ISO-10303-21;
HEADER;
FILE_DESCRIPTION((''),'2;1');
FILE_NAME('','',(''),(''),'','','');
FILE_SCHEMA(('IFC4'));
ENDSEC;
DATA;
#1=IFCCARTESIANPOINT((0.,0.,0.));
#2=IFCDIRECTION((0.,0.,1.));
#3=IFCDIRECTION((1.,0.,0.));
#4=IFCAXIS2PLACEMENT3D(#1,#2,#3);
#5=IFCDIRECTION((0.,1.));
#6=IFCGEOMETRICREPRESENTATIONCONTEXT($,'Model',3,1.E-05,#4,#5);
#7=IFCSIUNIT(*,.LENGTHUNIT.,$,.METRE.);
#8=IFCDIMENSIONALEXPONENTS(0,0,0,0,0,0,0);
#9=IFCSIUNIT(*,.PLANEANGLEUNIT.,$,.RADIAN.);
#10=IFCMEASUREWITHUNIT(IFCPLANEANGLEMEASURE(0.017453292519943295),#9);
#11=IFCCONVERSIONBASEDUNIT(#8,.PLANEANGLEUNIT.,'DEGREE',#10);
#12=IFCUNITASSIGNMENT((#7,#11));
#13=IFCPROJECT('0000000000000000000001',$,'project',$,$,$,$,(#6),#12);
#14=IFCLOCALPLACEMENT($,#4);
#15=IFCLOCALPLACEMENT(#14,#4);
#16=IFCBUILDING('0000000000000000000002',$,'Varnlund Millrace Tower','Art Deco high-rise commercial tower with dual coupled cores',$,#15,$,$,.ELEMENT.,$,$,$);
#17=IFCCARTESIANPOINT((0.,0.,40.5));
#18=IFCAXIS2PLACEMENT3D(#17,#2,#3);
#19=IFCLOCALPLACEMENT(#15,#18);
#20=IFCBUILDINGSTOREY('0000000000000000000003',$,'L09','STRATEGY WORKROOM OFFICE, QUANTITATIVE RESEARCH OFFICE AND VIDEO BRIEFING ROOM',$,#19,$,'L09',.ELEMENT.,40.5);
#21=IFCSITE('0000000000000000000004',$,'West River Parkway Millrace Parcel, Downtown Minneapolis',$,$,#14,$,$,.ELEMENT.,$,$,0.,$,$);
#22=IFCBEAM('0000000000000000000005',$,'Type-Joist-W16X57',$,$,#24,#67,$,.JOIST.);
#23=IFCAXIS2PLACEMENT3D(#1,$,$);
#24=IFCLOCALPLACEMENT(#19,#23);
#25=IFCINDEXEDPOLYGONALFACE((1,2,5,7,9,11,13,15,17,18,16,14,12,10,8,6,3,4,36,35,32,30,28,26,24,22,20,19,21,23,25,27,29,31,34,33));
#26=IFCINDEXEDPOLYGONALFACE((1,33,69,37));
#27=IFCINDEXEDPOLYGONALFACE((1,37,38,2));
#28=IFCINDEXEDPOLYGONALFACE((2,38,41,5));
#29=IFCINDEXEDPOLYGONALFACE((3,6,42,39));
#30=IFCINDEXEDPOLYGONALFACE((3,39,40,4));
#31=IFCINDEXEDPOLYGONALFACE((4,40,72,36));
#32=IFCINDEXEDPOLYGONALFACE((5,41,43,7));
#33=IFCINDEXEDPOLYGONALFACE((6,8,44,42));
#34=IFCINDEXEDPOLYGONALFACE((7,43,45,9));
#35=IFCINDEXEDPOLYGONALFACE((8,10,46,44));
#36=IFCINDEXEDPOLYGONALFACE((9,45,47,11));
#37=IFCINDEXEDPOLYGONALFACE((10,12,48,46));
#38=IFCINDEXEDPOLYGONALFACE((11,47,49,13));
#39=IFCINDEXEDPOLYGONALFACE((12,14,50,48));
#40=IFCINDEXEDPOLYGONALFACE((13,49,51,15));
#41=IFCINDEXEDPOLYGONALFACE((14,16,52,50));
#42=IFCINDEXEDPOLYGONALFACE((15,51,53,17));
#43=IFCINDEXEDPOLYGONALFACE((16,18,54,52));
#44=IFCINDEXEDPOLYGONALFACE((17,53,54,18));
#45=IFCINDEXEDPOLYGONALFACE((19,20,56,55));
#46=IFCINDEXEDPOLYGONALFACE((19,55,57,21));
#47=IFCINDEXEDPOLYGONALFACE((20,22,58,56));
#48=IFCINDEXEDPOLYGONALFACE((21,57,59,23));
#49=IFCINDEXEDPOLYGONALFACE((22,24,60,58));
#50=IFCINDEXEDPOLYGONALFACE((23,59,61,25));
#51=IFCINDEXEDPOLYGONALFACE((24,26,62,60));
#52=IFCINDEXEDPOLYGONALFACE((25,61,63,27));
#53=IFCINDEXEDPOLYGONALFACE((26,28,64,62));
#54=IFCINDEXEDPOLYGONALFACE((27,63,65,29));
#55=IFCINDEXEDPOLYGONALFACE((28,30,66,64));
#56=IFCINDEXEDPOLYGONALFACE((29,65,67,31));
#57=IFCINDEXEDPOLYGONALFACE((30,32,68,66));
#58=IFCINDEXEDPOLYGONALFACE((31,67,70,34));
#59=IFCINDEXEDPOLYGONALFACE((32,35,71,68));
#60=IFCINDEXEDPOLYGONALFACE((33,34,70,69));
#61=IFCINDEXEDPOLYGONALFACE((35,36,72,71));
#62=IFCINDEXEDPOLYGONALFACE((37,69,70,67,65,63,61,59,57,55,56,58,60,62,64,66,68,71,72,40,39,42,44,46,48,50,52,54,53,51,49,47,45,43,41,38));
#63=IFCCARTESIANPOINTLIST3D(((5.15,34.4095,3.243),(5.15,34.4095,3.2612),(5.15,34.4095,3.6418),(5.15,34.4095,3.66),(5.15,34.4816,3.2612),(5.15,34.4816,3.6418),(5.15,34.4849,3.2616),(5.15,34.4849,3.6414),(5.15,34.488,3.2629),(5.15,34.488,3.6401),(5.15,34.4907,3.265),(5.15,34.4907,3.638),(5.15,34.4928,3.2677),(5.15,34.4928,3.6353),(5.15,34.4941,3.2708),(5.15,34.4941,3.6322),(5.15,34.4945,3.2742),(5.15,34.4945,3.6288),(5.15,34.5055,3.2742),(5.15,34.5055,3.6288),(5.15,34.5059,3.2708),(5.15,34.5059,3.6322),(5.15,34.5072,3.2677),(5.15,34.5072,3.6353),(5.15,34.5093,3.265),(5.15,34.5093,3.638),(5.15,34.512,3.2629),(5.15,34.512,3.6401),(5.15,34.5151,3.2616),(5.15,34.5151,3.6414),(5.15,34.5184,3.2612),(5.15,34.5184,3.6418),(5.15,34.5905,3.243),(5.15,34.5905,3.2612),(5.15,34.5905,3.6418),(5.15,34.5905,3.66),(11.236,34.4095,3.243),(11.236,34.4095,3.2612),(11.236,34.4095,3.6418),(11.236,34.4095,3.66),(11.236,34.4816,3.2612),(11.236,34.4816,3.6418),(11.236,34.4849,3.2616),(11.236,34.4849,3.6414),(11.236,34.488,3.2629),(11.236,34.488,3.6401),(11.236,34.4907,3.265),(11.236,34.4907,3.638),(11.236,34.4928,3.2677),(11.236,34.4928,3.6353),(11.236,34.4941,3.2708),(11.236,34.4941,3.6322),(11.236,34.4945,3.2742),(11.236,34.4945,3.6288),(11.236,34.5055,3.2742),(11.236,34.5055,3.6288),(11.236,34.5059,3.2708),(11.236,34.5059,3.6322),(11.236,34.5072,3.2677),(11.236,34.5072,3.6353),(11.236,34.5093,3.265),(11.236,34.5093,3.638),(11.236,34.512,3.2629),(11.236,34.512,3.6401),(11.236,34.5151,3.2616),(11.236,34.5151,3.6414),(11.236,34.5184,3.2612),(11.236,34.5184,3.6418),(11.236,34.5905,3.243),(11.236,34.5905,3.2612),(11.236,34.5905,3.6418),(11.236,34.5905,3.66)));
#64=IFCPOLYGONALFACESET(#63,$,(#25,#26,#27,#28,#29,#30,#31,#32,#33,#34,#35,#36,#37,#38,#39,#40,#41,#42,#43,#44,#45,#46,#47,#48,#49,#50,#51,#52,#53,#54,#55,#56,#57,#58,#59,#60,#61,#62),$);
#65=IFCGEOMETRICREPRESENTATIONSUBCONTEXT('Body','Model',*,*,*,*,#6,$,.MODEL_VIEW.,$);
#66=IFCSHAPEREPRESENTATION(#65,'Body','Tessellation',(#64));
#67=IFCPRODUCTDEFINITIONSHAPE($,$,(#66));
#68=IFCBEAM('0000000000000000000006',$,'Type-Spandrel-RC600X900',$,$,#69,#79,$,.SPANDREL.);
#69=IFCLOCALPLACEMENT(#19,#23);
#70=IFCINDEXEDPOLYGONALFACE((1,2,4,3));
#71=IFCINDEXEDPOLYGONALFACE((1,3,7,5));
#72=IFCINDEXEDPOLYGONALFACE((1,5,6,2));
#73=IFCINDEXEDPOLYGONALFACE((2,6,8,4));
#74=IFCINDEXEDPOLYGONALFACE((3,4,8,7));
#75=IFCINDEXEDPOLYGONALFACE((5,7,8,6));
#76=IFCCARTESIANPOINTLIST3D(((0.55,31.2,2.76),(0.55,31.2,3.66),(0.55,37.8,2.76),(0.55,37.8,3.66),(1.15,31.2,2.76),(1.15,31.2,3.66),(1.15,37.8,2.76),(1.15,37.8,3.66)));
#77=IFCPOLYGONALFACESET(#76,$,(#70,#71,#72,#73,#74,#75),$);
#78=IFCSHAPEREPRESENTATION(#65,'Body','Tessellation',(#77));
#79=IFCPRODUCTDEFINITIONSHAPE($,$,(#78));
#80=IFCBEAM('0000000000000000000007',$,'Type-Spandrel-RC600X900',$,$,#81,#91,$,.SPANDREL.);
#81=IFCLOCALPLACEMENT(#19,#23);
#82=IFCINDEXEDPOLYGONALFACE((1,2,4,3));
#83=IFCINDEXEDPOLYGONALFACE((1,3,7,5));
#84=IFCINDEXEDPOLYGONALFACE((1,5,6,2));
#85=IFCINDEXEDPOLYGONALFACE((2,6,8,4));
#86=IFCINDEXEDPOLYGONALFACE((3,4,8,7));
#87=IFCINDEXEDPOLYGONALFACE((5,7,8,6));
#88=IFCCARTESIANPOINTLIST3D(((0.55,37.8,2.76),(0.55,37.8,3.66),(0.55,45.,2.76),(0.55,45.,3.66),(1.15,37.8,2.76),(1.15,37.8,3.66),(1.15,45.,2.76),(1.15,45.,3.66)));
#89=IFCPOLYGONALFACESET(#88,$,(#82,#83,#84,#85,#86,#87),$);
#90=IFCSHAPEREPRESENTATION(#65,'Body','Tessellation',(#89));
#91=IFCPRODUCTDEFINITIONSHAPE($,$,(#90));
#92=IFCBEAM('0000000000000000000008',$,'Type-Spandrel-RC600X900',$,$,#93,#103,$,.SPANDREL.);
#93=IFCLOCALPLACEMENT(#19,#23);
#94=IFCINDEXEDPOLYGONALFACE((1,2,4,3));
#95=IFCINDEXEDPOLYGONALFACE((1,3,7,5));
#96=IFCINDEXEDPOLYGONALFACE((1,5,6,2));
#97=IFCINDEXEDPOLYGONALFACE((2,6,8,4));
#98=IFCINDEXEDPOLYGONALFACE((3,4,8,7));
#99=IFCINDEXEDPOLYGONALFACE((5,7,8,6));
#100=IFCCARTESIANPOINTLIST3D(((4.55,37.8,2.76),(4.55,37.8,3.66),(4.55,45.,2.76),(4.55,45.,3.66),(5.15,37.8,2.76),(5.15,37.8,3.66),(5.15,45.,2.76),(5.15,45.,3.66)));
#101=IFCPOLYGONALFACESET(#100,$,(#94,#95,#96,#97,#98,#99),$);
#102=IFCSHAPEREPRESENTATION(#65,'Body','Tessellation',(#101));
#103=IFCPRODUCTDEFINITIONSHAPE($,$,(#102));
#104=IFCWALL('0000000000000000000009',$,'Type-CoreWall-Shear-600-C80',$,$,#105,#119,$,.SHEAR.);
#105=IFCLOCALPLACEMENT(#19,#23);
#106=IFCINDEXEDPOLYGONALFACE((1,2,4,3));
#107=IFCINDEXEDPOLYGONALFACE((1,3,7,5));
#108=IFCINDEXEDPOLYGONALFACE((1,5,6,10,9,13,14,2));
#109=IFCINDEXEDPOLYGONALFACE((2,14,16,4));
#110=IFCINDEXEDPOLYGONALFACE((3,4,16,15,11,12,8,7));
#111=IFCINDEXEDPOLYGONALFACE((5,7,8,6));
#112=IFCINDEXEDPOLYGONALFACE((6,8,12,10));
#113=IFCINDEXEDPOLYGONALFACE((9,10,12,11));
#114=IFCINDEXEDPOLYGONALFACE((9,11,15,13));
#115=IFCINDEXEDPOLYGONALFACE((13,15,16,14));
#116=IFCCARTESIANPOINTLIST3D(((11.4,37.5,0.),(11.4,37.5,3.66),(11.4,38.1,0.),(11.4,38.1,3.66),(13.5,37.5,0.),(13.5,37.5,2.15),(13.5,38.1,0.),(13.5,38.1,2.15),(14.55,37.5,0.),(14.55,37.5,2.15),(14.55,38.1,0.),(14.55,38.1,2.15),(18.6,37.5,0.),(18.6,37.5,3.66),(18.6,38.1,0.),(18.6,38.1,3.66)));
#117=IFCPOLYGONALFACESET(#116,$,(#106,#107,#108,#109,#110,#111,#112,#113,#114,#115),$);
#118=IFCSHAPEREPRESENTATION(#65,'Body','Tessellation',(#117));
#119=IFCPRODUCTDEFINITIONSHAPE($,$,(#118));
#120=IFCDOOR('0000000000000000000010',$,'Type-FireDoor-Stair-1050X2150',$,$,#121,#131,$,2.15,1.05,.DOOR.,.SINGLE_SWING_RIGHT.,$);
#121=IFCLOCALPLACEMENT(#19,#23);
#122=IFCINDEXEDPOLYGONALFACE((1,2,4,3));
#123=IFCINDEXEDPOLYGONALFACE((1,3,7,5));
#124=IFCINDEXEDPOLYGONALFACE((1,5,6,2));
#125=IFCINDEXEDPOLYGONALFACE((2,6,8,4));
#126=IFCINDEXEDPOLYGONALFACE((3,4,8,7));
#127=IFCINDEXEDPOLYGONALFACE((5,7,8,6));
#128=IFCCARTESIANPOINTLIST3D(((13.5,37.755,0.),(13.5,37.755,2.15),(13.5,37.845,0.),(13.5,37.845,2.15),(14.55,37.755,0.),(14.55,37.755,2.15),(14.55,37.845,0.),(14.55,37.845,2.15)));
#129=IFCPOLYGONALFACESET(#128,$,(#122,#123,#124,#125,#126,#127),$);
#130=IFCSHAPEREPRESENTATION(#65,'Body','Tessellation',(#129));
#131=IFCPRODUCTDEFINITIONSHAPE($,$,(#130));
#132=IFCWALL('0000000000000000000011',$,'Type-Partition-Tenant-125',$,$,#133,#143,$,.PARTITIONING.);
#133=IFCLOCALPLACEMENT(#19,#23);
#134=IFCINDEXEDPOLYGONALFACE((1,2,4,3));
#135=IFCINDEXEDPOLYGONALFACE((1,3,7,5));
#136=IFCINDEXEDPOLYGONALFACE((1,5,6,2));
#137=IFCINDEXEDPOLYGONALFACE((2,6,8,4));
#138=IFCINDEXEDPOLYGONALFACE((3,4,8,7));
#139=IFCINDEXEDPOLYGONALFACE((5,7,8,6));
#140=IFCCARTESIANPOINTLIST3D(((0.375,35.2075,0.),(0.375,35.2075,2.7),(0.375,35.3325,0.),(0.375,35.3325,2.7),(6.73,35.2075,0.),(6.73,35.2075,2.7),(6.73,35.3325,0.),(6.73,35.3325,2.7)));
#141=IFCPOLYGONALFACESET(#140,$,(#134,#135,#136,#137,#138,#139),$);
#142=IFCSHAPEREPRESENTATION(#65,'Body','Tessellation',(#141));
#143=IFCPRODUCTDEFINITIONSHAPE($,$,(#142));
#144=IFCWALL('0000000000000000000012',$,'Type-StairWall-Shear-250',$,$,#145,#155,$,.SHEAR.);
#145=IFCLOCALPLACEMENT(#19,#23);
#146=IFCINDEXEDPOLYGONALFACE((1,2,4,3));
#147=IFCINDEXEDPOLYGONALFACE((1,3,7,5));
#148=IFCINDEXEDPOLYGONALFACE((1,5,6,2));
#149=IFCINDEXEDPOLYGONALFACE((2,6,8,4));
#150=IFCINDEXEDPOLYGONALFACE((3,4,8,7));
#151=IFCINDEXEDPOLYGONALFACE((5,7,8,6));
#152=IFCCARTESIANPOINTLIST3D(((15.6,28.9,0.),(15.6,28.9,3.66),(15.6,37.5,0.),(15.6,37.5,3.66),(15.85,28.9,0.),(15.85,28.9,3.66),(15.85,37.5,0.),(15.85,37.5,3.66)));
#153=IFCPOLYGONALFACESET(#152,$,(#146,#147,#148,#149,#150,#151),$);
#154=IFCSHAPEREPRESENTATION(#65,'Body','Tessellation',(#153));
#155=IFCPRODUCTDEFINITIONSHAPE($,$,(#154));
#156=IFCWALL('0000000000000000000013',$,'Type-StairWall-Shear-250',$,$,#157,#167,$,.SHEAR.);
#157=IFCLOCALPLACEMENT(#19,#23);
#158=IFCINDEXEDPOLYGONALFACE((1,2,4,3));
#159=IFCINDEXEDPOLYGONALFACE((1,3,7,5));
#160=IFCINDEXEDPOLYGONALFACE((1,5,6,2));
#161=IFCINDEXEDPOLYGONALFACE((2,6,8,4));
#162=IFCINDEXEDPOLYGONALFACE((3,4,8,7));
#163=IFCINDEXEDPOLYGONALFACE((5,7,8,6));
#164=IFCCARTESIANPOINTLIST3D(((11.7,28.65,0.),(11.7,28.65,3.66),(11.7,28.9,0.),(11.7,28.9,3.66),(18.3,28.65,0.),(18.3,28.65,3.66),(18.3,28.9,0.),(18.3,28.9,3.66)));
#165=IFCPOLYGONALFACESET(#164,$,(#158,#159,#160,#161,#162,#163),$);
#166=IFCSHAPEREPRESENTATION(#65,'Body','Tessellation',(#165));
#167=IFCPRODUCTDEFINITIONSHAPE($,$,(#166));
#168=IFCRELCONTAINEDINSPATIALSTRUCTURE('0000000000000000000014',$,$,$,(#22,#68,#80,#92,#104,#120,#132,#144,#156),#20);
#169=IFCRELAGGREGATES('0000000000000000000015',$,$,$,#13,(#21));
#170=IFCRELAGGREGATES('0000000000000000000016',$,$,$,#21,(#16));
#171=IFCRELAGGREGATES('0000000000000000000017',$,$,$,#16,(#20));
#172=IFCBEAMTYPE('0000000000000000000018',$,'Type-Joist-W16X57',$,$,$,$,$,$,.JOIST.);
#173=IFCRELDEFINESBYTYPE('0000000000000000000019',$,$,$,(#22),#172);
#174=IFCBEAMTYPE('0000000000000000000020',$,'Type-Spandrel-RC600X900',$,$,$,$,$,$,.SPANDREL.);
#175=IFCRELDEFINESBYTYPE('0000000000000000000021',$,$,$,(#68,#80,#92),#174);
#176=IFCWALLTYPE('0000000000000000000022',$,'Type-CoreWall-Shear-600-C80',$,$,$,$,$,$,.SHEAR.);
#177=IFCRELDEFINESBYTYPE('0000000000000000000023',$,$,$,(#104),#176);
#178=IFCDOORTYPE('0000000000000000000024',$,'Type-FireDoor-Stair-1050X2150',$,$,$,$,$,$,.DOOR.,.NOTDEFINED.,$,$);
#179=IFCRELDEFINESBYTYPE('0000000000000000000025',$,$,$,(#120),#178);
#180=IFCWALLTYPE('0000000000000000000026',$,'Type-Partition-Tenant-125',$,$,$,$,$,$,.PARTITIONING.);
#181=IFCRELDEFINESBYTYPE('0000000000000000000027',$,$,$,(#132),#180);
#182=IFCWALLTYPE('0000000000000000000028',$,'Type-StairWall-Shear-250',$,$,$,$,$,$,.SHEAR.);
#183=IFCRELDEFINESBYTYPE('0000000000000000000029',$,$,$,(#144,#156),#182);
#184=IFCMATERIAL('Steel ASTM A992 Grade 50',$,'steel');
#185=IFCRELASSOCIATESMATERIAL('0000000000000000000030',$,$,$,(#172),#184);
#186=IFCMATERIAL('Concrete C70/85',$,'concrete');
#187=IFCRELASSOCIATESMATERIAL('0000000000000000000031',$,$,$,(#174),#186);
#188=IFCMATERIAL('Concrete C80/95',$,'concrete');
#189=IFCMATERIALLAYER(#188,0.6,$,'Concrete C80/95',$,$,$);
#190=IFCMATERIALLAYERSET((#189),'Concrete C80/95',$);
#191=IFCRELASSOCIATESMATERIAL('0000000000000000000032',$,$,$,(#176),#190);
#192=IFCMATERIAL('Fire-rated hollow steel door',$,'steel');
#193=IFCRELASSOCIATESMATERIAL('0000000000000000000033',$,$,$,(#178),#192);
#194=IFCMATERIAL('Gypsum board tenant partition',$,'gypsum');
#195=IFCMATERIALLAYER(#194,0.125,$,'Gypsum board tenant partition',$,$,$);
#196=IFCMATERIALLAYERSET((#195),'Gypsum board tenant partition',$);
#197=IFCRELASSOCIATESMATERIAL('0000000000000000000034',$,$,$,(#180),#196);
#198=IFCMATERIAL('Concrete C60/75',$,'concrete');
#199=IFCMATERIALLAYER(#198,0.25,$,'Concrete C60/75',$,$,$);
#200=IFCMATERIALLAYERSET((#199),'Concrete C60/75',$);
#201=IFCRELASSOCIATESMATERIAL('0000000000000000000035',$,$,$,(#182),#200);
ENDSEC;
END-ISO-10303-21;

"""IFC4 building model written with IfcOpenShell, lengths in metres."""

from ifc_helpers import new_model, entity, si_unit, converted_unit, direction, frame, origin_with_axes, origin_2d_with_axis, place, context, subcontext, project, spatial, polyline, rectangle, i_section, outline, extrude, material, layer, layer_set, material_profile, profile_set, type_object, element, fill, save


model = new_model("IFC4")

# Units and contexts
model_context = context("Model", 3, precision=1e-05, world=origin_with_axes(), true_north=direction((0.0, 1.0)))
body_context = subcontext(model_context, "Body", "Model", "MODEL_VIEW")
ifc_project = project(units=[si_unit("LENGTHUNIT", "METRE"), converted_unit("PLANEANGLEUNIT", "DEGREE", entity("IfcPlaneAngleMeasure", 0.017453292519943295), si_unit("PLANEANGLEUNIT", "RADIAN"), dimensions=[0, 0, 0, 0, 0, 0, 0])], contexts=[model_context])

# Site, building, storey
site_placement = place(None, origin_with_axes())
site = spatial("IfcSite", under=ifc_project, at=site_placement, Name="West River Parkway Millrace Parcel, Downtown Minneapolis", CompositionType="ELEMENT", RefElevation=0.0)
building_placement = place(site_placement, origin_with_axes())
building = spatial("IfcBuilding", under=site, at=building_placement, Name="Varnlund Millrace Tower", Description="Art Deco high-rise commercial tower with dual coupled cores", CompositionType="ELEMENT")
storey_placement = place(building_placement, frame((0.0, 0.0, 40.5), z_axis=(0.0, 0.0, 1.0), x_axis=(1.0, 0.0, 0.0)))
storey = spatial("IfcBuildingStorey", under=building, at=storey_placement, Name="L09", Description="STRATEGY WORKROOM OFFICE, QUANTITATIVE RESEARCH OFFICE AND VIDEO BRIEFING ROOM", LongName="L09", CompositionType="ELEMENT", Elevation=40.5)

# Shared definitions
ifc_material_1 = material(Name="Concrete C80/95", Category="concrete")

# Beams
ifc_material_2 = material(Name="Steel ASTM A992 Grade 50", Category="steel")
ifc_material_profile_1 = material_profile(ifc_material_2, i_section(OverallWidth=0.181, OverallDepth=0.417, WebThickness=0.0109, FlangeThickness=0.0182, FilletRadius=0.013, at=origin_2d_with_axis()), Name="Steel ASTM A992 Grade 50")
ifc_profile_set_1 = profile_set([ifc_material_profile_1], Name="Steel ASTM A992 Grade 50")
beam_type_1 = type_object("IfcBeamType", Name="Type-Joist-W16X57", PredefinedType="JOIST", material=ifc_profile_set_1)
beam_1_placement = place(storey_placement, frame((5.15, 34.5, 3.4515), z_axis=(1.0, 0.0, 0.0), x_axis=(0.0, 1.0, 0.0)))
element("IfcBeam", 1, at=beam_1_placement, inside=storey, type_object=beam_type_1, Name="Type-Joist-W16X57", PredefinedType="JOIST", context=body_context, shape_type="SweptSolid", body=[
    extrude(i_section(OverallWidth=0.181, OverallDepth=0.417, WebThickness=0.0109, FlangeThickness=0.0182, FilletRadius=0.013, at=origin_2d_with_axis()), origin_with_axes(), (0.0, 0.0, 1.0), 6.086),
])
ifc_material_3 = material(Name="Concrete C70/85", Category="concrete")
ifc_material_profile_2 = material_profile(ifc_material_3, rectangle(XDim=0.6, YDim=0.9, at=origin_2d_with_axis()), Name="Concrete C70/85")
ifc_profile_set_2 = profile_set([ifc_material_profile_2], Name="Concrete C70/85")
beam_type_2 = type_object("IfcBeamType", Name="Type-Spandrel-RC600X900", PredefinedType="SPANDREL", material=ifc_profile_set_2)
beam_2_placement = place(storey_placement, frame((0.85, 31.2, 3.21), z_axis=(0.0, 1.0, 0.0), x_axis=(-1.0, 0.0, 0.0)))
element("IfcBeam", 2, at=beam_2_placement, inside=storey, type_object=beam_type_2, Name="Type-Spandrel-RC600X900", PredefinedType="SPANDREL", context=body_context, shape_type="SweptSolid", body=[
    extrude(rectangle(XDim=0.6, YDim=0.9, at=origin_2d_with_axis()), origin_with_axes(), (0.0, 0.0, 1.0), 6.6),
])
for number, where, z_axis, x_axis, name in (
    (3, (0.85, 37.8, 3.21), (0.0, 1.0, 0.0), (-1.0, 0.0, 0.0), "Type-Spandrel-RC600X900"),
    (4, (4.85, 37.8, 3.21), (0.0, 1.0, 0.0), (-1.0, 0.0, 0.0), "Type-Spandrel-RC600X900"),
):
    element("IfcBeam", number, at=place(storey_placement, frame(where, z_axis=z_axis, x_axis=x_axis)), inside=storey, type_object=beam_type_2, Name=name, PredefinedType="SPANDREL", context=body_context, shape_type="SweptSolid", body=[
        extrude(rectangle(XDim=0.6, YDim=0.9, at=origin_2d_with_axis()), origin_with_axes(), (0.0, 0.0, 1.0), 7.2),
    ])

# Wall, opening, door
ifc_layer_1 = layer(ifc_material_1, 0.6, Name="Concrete C80/95")
ifc_layer_set_1 = layer_set([ifc_layer_1], Name="Concrete C80/95")
wall_type_1 = type_object("IfcWallType", Name="Type-CoreWall-Shear-600-C80", PredefinedType="SHEAR", material=ifc_layer_set_1)
wall_1_placement = place(storey_placement, frame((11.4, 37.8, 0.0), z_axis=(0.0, 0.0, 1.0), x_axis=(1.0, 0.0, 0.0)))
wall_1 = element("IfcWall", 5, at=wall_1_placement, inside=storey, type_object=wall_type_1, Name="Type-CoreWall-Shear-600-C80", PredefinedType="SHEAR", context=body_context, shape_type="SweptSolid", body=[
    extrude(outline(polyline([(0.0, -0.3), (7.2, -0.3), (7.2, 0.3), (0.0, 0.3), (0.0, -0.3)])), origin_with_axes(), (0.0, 0.0, 1.0), 3.66),
])
opening_placement = place(wall_1_placement, frame((2.625, 0.0, 0.0), z_axis=(0.0, 0.0, 1.0), x_axis=(1.0, 0.0, 0.0)))
opening = element("IfcOpeningElement", 6, at=opening_placement, cuts=wall_1, PredefinedType="OPENING", context=body_context, shape_type="SweptSolid", body=[
    extrude(rectangle(XDim=1.05, YDim=0.62, at=origin_2d_with_axis()), origin_with_axes(), (0.0, 0.0, 1.0), 2.15),
])
ifc_material_4 = material(Name="Fire-rated hollow steel door", Category="steel")
door_type = type_object("IfcDoorType", Name="Type-FireDoor-Stair-1050X2150", OperationType="NOTDEFINED", PredefinedType="DOOR", material=ifc_material_4)
door_placement = place(wall_1_placement, frame((2.625, 0.0, 0.0), z_axis=(0.0, 0.0, 1.0), x_axis=(1.0, 0.0, 0.0)))
door = element("IfcDoor", 7, at=door_placement, inside=storey, type_object=door_type, Name="Type-FireDoor-Stair-1050X2150", OperationType="SINGLE_SWING_RIGHT", OverallHeight=2.15, OverallWidth=1.05, PredefinedType="DOOR", context=body_context, shape_type="SweptSolid", body=[
    extrude(rectangle(XDim=1.05, YDim=0.09, at=origin_2d_with_axis()), origin_with_axes(), (0.0, 0.0, 1.0), 2.15),
])
fill(opening, door)

# Walls
ifc_material_5 = material(Name="Gypsum board tenant partition", Category="gypsum")
ifc_layer_2 = layer(ifc_material_5, 0.125, Name="Gypsum board tenant partition")
ifc_layer_set_2 = layer_set([ifc_layer_2], Name="Gypsum board tenant partition")
wall_type_2 = type_object("IfcWallType", Name="Type-Partition-Tenant-125", PredefinedType="PARTITIONING", material=ifc_layer_set_2)
wall_2_placement = place(storey_placement, frame((0.375, 35.27, 0.0), z_axis=(0.0, 0.0, 1.0), x_axis=(1.0, 0.0, 0.0)))
element("IfcWall", 8, at=wall_2_placement, inside=storey, type_object=wall_type_2, Name="Type-Partition-Tenant-125", PredefinedType="PARTITIONING", context=body_context, shape_type="SweptSolid", body=[
    extrude(outline(polyline([(0.0, -0.0625), (6.355, -0.0625), (6.355, 0.0625), (0.0, 0.0625), (0.0, -0.0625)])), origin_with_axes(), (0.0, 0.0, 1.0), 2.7),
])
ifc_material_6 = material(Name="Concrete C60/75", Category="concrete")
ifc_layer_3 = layer(ifc_material_6, 0.25, Name="Concrete C60/75")
ifc_layer_set_3 = layer_set([ifc_layer_3], Name="Concrete C60/75")
wall_type_3 = type_object("IfcWallType", Name="Type-StairWall-Shear-250", PredefinedType="SHEAR", material=ifc_layer_set_3)
wall_3_placement = place(storey_placement, frame((15.725, 28.9, 0.0), z_axis=(0.0, 0.0, 1.0), x_axis=(0.0, 1.0, 0.0)))
element("IfcWall", 9, at=wall_3_placement, inside=storey, type_object=wall_type_3, Name="Type-StairWall-Shear-250", PredefinedType="SHEAR", context=body_context, shape_type="SweptSolid", body=[
    extrude(outline(polyline([(0.0, -0.125), (8.6, -0.125), (8.6, 0.125), (0.0, 0.125), (0.0, -0.125)])), origin_with_axes(), (0.0, 0.0, 1.0), 3.66),
])
wall_4_placement = place(storey_placement, frame((11.7, 28.775, 0.0), z_axis=(0.0, 0.0, 1.0), x_axis=(1.0, 0.0, 0.0)))
element("IfcWall", 10, at=wall_4_placement, inside=storey, type_object=wall_type_3, Name="Type-StairWall-Shear-250", PredefinedType="SHEAR", context=body_context, shape_type="SweptSolid", body=[
    extrude(outline(polyline([(0.0, -0.125), (6.6, -0.125), (6.6, 0.125), (0.0, 0.125), (0.0, -0.125)])), origin_with_axes(), (0.0, 0.0, 1.0), 3.66),
])

save(model, "model.ifc")
